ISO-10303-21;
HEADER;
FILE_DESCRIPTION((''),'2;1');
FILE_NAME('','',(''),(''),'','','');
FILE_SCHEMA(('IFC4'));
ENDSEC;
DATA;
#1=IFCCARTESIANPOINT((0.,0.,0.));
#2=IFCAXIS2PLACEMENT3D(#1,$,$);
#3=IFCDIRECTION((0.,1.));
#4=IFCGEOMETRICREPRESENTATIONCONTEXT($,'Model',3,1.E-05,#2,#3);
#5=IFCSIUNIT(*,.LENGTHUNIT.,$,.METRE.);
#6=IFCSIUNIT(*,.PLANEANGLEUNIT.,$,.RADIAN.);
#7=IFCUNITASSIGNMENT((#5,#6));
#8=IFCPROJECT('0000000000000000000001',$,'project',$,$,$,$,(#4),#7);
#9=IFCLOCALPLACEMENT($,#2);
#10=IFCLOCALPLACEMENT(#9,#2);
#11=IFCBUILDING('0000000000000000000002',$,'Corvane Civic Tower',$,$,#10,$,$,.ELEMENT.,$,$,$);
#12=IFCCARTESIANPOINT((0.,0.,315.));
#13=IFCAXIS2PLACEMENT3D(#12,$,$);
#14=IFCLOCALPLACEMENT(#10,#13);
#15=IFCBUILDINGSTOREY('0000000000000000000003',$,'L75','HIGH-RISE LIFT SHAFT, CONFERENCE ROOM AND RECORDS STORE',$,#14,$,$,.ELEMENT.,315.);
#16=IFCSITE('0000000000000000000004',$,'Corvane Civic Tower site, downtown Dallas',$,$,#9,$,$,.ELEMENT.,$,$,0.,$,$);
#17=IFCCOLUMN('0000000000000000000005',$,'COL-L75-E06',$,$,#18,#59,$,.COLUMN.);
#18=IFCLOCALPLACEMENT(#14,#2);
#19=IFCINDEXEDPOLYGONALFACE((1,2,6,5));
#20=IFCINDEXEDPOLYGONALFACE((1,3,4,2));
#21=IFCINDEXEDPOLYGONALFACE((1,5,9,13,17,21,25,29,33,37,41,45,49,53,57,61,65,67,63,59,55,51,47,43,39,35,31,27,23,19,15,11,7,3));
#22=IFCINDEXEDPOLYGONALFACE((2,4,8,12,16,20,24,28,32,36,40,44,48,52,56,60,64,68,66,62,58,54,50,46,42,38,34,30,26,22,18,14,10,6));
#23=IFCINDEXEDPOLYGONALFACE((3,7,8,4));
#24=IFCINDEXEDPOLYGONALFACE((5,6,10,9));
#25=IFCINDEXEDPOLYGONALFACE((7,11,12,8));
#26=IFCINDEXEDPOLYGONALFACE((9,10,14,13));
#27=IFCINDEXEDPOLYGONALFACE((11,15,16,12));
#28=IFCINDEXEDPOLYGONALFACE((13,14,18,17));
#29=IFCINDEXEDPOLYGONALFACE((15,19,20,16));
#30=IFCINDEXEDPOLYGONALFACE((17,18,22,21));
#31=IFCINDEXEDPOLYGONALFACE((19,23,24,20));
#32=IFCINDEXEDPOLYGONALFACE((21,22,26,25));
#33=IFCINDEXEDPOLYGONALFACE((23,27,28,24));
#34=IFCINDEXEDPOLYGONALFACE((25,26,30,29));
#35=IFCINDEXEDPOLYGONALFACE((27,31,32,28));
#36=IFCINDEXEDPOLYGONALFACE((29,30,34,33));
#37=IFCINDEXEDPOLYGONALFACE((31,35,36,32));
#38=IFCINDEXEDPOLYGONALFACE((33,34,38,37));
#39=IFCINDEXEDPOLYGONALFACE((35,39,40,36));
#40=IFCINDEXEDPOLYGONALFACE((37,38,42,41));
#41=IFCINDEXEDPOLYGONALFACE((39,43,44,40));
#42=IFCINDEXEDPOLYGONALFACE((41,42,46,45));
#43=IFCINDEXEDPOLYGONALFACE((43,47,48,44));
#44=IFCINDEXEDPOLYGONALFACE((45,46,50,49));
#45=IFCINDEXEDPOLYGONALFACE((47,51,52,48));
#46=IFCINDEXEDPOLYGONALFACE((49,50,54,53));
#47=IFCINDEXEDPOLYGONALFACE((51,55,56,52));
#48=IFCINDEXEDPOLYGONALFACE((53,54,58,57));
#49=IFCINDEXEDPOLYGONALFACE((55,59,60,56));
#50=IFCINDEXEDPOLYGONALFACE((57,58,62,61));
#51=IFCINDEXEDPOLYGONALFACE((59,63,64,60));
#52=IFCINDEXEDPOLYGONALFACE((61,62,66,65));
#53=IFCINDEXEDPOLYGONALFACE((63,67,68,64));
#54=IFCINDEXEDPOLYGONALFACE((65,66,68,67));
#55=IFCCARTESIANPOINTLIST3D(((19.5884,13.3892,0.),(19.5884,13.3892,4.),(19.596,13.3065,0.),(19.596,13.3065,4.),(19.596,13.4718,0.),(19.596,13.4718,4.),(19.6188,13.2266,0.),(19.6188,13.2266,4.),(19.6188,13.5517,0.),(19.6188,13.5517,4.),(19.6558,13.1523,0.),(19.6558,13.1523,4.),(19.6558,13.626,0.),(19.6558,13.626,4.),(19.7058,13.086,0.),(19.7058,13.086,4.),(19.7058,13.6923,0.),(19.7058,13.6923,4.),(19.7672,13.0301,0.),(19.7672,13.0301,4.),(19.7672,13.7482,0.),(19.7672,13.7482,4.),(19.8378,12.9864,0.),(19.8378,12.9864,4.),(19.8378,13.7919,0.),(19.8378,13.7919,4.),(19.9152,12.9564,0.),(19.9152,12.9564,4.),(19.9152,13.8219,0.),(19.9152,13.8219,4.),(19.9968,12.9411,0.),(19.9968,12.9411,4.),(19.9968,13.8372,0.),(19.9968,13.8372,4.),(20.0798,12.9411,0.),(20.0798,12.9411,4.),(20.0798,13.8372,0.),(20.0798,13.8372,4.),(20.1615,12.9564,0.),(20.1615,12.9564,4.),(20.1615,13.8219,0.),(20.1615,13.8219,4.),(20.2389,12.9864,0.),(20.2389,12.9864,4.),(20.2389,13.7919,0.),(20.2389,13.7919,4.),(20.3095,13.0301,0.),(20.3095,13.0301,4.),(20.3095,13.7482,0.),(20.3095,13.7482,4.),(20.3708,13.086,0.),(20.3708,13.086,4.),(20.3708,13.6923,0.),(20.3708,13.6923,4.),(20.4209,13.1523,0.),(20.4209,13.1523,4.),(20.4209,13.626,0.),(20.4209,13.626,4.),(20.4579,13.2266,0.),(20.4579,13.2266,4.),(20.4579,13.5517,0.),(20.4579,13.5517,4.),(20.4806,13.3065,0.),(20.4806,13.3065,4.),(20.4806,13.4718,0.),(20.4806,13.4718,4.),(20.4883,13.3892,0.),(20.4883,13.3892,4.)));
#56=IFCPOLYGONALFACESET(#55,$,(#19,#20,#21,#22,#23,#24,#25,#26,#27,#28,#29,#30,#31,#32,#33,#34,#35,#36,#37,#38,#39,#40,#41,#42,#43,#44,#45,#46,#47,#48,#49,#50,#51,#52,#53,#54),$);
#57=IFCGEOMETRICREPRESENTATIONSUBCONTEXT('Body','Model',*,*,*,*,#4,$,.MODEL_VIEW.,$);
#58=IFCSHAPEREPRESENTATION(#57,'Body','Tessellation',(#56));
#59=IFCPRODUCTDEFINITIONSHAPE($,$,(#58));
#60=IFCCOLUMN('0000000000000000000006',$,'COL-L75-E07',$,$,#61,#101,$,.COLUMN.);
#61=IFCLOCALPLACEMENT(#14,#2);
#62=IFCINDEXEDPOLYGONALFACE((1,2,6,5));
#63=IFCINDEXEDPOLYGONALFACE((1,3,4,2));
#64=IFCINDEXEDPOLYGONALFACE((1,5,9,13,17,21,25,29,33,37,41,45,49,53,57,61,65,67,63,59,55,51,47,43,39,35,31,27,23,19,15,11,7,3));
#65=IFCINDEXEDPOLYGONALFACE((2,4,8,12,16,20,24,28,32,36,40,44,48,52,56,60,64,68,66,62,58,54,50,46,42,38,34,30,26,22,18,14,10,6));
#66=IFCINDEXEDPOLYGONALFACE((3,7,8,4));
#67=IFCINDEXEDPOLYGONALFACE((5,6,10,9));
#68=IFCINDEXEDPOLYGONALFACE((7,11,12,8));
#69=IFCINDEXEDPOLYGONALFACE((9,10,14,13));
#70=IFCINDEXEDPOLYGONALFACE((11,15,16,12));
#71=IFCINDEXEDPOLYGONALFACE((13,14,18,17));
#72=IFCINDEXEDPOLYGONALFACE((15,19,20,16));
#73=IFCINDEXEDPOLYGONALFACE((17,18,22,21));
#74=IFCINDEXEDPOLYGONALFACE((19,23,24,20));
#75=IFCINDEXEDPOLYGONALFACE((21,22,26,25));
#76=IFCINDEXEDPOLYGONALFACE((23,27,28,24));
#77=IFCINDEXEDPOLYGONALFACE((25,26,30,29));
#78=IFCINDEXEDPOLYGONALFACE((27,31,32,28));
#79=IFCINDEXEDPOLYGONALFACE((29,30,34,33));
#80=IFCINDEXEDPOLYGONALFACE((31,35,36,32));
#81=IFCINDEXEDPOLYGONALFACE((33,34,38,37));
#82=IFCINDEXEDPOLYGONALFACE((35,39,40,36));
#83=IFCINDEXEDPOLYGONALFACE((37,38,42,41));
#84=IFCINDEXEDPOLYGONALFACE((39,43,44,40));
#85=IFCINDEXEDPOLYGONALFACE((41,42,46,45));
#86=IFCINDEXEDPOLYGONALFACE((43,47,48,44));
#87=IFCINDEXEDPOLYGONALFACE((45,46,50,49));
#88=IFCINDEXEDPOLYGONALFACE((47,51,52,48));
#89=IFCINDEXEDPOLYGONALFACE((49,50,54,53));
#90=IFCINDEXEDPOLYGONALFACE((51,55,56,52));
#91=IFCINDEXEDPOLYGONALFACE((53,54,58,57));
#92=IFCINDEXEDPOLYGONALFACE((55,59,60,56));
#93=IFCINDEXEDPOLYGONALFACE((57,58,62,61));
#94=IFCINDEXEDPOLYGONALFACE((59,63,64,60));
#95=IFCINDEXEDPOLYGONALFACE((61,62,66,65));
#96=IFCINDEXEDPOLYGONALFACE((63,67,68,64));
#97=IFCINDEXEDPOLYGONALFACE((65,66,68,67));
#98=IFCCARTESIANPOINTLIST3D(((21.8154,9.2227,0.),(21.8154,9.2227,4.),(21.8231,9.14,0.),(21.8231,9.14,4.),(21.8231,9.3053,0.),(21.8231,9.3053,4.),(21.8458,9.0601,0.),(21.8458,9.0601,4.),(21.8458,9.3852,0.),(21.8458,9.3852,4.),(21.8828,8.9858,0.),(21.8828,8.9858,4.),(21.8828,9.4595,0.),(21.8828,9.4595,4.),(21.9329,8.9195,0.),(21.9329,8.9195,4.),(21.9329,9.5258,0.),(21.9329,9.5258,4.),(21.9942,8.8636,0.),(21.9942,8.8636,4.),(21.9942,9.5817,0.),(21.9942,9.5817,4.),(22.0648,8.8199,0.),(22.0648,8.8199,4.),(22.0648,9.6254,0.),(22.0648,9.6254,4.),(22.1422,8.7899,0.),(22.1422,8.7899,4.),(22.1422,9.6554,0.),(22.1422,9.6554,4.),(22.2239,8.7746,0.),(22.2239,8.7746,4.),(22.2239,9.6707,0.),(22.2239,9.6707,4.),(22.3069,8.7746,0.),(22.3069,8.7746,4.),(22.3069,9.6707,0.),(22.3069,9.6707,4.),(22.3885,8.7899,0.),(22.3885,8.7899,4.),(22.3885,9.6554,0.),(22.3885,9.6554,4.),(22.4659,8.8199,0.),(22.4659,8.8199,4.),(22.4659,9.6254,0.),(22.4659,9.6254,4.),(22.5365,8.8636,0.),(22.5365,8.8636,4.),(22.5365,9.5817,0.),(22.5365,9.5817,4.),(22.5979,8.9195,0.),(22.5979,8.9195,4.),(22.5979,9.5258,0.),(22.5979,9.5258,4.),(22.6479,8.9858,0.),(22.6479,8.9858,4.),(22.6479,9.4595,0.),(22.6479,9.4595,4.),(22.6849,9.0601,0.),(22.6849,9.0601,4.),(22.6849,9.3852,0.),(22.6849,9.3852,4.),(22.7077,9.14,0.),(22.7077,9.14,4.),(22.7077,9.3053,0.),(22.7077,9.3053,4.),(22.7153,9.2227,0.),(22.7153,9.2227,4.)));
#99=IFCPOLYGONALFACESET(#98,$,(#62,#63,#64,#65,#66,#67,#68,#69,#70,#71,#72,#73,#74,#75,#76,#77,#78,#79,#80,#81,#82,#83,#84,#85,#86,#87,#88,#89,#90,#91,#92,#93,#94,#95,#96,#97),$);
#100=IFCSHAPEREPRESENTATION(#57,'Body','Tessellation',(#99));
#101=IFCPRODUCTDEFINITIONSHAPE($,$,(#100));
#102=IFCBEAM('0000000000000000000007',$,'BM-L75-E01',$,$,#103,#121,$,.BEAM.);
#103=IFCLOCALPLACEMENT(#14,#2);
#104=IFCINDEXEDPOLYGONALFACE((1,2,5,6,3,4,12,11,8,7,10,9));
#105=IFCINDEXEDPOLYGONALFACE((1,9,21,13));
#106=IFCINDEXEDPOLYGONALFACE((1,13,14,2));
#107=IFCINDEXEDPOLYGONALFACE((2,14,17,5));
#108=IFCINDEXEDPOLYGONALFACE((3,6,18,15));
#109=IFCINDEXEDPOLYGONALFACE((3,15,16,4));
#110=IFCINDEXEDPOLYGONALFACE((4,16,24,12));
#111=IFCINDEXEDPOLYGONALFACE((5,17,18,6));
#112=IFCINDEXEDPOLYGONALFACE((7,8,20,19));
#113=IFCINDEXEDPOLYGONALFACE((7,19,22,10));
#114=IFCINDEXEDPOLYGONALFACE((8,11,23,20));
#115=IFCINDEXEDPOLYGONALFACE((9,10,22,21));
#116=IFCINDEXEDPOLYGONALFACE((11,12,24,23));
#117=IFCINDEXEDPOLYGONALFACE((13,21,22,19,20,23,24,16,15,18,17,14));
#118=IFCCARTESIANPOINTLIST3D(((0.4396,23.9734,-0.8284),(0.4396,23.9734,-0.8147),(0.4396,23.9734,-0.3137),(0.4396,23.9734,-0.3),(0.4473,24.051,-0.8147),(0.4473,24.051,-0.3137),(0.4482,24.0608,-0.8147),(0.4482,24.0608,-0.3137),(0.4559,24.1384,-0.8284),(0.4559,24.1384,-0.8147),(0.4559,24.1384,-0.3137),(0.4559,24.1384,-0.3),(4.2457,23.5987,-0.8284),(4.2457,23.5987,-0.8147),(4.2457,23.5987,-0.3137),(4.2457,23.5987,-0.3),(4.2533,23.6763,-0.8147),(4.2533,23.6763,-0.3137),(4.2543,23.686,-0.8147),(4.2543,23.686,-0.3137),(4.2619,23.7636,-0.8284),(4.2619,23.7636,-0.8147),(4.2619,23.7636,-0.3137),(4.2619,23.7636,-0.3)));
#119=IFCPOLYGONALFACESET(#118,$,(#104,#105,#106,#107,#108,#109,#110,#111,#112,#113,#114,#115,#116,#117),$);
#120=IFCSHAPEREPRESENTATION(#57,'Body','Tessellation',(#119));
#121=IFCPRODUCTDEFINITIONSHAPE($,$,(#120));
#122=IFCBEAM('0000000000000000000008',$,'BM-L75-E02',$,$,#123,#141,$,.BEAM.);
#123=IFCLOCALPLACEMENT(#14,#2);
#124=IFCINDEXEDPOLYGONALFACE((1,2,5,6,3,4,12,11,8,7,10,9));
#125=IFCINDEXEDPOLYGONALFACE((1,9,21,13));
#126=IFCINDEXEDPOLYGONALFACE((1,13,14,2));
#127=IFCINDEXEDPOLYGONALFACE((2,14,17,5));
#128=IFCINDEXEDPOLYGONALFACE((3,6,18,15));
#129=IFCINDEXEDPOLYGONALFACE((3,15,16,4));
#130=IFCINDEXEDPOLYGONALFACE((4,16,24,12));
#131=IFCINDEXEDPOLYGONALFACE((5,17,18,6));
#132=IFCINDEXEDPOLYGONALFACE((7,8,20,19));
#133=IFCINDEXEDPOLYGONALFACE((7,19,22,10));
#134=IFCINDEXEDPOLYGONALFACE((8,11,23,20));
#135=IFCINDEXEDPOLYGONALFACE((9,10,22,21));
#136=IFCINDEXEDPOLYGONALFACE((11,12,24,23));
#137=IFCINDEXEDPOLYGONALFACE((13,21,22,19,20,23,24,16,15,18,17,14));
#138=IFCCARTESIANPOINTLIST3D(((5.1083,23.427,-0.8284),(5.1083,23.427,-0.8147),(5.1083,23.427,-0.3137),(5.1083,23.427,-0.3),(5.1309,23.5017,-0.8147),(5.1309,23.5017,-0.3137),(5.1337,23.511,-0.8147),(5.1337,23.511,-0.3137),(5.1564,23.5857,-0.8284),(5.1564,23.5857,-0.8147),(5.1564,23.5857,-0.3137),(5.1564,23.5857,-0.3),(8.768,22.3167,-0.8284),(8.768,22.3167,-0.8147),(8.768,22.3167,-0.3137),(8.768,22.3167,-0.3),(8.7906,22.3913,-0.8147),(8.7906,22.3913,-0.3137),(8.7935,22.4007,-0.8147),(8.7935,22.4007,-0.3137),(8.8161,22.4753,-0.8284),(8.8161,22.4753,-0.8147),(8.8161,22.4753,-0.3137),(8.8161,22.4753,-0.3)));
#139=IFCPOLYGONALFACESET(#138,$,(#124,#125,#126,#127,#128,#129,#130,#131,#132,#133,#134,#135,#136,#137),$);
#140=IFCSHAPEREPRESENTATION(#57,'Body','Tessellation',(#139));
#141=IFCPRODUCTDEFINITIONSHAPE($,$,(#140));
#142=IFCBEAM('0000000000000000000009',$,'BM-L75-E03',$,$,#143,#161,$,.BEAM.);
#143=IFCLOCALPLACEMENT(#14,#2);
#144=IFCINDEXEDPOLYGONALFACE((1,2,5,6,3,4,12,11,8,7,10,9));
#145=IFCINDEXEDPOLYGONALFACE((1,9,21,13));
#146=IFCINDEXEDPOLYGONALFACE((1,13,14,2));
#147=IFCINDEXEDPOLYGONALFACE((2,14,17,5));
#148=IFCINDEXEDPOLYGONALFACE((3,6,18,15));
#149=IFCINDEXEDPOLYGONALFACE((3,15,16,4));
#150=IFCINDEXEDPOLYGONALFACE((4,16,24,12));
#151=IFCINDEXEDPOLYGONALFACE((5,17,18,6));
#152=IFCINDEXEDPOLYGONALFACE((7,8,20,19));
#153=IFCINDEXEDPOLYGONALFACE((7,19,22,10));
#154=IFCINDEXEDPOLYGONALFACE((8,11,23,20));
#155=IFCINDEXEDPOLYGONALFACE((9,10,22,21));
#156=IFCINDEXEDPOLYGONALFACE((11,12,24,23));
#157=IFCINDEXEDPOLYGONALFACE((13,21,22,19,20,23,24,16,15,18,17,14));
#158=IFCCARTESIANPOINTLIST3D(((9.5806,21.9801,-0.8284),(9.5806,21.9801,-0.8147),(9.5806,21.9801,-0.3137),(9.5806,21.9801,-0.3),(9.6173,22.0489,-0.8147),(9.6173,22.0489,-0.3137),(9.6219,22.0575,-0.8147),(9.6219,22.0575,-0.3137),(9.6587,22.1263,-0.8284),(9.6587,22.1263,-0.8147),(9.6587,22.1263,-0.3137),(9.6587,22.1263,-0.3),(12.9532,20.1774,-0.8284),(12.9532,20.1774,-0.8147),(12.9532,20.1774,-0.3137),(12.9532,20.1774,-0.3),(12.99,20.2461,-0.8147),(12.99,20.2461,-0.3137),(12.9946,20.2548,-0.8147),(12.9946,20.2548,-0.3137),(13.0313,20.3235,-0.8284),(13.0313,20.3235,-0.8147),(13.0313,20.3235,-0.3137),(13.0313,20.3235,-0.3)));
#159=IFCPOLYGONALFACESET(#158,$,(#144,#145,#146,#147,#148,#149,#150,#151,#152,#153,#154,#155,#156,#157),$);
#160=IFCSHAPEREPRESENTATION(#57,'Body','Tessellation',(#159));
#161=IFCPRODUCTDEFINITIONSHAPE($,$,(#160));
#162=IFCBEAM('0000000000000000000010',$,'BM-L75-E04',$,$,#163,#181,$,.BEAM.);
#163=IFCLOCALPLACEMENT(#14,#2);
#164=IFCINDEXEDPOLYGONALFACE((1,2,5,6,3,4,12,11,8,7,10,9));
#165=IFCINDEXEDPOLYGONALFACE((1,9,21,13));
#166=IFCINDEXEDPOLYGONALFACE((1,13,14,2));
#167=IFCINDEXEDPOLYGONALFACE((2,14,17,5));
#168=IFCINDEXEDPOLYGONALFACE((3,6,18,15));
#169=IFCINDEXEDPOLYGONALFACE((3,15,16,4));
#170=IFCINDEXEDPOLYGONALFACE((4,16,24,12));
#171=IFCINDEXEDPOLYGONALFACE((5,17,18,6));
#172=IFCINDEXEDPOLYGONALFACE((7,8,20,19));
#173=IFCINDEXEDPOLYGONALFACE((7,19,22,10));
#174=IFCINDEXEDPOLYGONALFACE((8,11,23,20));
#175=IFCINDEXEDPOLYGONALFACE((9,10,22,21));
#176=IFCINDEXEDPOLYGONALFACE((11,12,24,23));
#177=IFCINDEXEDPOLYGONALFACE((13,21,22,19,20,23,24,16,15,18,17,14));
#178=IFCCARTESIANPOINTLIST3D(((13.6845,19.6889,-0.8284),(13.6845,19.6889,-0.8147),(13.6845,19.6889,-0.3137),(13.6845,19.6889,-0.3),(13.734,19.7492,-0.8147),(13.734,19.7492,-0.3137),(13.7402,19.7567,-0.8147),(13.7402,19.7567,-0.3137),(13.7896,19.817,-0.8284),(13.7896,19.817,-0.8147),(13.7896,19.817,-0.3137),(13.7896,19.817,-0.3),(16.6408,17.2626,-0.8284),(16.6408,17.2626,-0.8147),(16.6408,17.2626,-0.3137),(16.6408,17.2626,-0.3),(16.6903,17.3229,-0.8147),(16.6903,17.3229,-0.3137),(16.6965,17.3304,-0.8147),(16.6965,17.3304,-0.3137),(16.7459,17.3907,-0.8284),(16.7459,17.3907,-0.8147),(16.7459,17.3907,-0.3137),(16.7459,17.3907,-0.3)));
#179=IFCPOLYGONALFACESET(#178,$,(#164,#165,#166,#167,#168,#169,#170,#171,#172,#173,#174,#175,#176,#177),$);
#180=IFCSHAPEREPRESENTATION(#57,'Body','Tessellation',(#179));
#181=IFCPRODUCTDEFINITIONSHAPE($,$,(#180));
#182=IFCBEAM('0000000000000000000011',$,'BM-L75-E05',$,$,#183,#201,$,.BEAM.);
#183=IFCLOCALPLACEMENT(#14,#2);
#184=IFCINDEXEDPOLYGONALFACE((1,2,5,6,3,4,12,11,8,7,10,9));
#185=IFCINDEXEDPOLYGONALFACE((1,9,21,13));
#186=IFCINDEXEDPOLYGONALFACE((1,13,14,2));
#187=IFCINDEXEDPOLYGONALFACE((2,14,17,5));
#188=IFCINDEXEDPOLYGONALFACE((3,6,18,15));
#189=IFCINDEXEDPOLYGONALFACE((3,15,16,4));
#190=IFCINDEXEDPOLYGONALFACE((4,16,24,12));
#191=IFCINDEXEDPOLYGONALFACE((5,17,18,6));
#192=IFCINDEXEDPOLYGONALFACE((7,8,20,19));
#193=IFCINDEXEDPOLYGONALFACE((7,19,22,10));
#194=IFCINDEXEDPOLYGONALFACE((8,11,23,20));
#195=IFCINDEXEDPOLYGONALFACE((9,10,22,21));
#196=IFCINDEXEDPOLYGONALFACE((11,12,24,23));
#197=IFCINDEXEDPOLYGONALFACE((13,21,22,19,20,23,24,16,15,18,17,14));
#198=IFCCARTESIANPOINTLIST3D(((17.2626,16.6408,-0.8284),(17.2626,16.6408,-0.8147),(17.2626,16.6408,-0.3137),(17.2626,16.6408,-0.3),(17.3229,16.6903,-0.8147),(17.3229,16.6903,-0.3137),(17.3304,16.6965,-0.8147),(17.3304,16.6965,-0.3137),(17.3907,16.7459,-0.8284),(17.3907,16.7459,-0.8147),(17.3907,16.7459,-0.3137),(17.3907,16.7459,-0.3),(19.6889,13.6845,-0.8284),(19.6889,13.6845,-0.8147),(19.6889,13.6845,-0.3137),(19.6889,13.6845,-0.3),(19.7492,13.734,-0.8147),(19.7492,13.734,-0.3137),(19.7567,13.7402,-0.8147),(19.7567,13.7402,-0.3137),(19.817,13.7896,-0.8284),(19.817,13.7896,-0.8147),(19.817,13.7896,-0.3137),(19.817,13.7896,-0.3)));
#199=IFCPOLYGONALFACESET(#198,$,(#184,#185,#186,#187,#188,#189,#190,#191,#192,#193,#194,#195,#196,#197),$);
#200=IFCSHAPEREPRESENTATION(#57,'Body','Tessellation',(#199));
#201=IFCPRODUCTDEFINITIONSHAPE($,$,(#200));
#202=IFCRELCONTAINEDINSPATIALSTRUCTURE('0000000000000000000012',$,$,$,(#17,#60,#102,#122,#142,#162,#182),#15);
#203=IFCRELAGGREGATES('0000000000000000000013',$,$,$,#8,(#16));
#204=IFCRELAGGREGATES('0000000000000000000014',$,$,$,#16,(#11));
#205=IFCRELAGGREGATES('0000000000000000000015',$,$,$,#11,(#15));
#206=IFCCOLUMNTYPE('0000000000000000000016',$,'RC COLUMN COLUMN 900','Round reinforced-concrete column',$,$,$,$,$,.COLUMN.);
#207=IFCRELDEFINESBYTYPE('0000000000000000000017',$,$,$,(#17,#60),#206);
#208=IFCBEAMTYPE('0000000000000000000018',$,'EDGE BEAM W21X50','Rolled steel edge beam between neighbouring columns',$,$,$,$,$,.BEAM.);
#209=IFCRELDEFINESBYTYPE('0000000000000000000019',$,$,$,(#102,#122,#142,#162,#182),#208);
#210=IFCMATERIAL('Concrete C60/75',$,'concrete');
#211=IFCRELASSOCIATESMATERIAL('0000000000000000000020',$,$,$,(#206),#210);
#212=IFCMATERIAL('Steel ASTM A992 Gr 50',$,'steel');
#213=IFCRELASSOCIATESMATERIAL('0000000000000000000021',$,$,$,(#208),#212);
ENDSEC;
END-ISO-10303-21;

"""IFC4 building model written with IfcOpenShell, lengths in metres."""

from ifc_helpers import new_model, si_unit, direction, frame, origin, origin_2d, place, context, subcontext, project, spatial, circle, i_section, extrude, material, material_profile, profile_set, type_object, element, save


model = new_model("IFC4")

# Units and contexts
model_context = context("Model", 3, precision=1e-05, world=origin(), true_north=direction((0.0, 1.0)))
body_context = subcontext(model_context, "Body", "Model", "MODEL_VIEW")
ifc_project = project(units=[si_unit("LENGTHUNIT", "METRE"), si_unit("PLANEANGLEUNIT", "RADIAN")], contexts=[model_context])

# Site, building, storey
site_placement = place(None, origin())
site = spatial("IfcSite", under=ifc_project, at=site_placement, Name="Corvane Civic Tower site, downtown Dallas", CompositionType="ELEMENT", RefElevation=0.0)
building_placement = place(site_placement, origin())
building = spatial("IfcBuilding", under=site, at=building_placement, Name="Corvane Civic Tower", CompositionType="ELEMENT")
storey_placement = place(building_placement, frame((0.0, 0.0, 315.0)))
storey = spatial("IfcBuildingStorey", under=building, at=storey_placement, Name="L75", Description="HIGH-RISE LIFT SHAFT, CONFERENCE ROOM AND RECORDS STORE", CompositionType="ELEMENT", Elevation=315.0)

# Columns
ifc_material_1 = material(Name="Concrete C60/75", Category="concrete")
ifc_material_profile_1 = material_profile(ifc_material_1, circle(Radius=0.45, at=origin_2d()), Name="COLUMN 900")
ifc_profile_set_1 = profile_set([ifc_material_profile_1], Name="Concrete C60/75")
column_type = type_object("IfcColumnType", Name="RC COLUMN COLUMN 900", Description="Round reinforced-concrete column", PredefinedType="COLUMN", material=ifc_profile_set_1)
for number, where, z_axis, x_axis, name in (
    (1, (20.0383, 13.3892, 0.0), (0.0, 0.0, 1.0), (1.0, 0.0, 0.0), "COL-L75-E06"),
    (2, (22.2654, 9.2227, 0.0), (0.0, 0.0, 1.0), (1.0, 0.0, 0.0), "COL-L75-E07"),
):
    element("IfcColumn", number, at=place(storey_placement, frame(where, z_axis=z_axis, x_axis=x_axis)), inside=storey, type_object=column_type, Name=name, PredefinedType="COLUMN", context=body_context, shape_type="SweptSolid", body=[
        extrude(circle(Radius=0.45, at=origin_2d()), origin(), (0.0, 0.0, 1.0), 4.0),
    ])

# Beams
ifc_material_2 = material(Name="Steel ASTM A992 Gr 50", Category="steel")
ifc_material_profile_2 = material_profile(ifc_material_2, i_section(OverallWidth=0.1658, OverallDepth=0.5283, WebThickness=0.0098, FlangeThickness=0.0137, at=origin_2d()), Name="W21X50")
ifc_profile_set_2 = profile_set([ifc_material_profile_2], Name="Steel ASTM A992 Gr 50")
beam_type_1 = type_object("IfcBeamType", Name="EDGE BEAM W21X50", Description="Rolled steel edge beam between neighbouring columns", PredefinedType="BEAM", material=ifc_profile_set_2)
for number, where, z_axis, x_axis, name in (
    (3, (0.4478, 24.0559, -0.5642), (0.995188, -0.097987, 0.0), (0.097987, 0.995188, 0.0), "BM-L75-E01"),
    (4, (5.1323, 23.5063, -0.5642), (0.956926, -0.290333, 0.0), (0.290333, 0.956926, 0.0), "BM-L75-E02"),
):
    element("IfcBeam", number, at=place(storey_placement, frame(where, z_axis=z_axis, x_axis=x_axis)), inside=storey, type_object=beam_type_1, Name=name, PredefinedType="BEAM", context=body_context, shape_type="SweptSolid", body=[
        extrude(i_section(OverallWidth=0.1658, OverallDepth=0.5283, WebThickness=0.0098, FlangeThickness=0.0137, at=origin_2d()), origin(), (0.0, 0.0, 1.0), 3.8245),
    ])
beam_1_placement = place(storey_placement, frame((9.6196, 22.0532, -0.5642), z_axis=(0.881914, -0.47141, 0.0), x_axis=(0.47141, 0.881914, 0.0)))
element("IfcBeam", 5, at=beam_1_placement, inside=storey, type_object=beam_type_1, Name="BM-L75-E03", PredefinedType="BEAM", context=body_context, shape_type="SweptSolid", body=[
    extrude(i_section(OverallWidth=0.1658, OverallDepth=0.5283, WebThickness=0.0098, FlangeThickness=0.0137, at=origin_2d()), origin(), (0.0, 0.0, 1.0), 3.8242),
])
for number, where, z_axis, x_axis, name in (
    (6, (13.7371, 19.7529, -0.5642), (0.772998, -0.634409, 0.0), (0.634409, 0.772998, 0.0), "BM-L75-E04"),
    (7, (17.3267, 16.6934, -0.5642), (0.634409, -0.772998, 0.0), (0.772998, 0.634409, 0.0), "BM-L75-E05"),
):
    element("IfcBeam", number, at=place(storey_placement, frame(where, z_axis=z_axis, x_axis=x_axis)), inside=storey, type_object=beam_type_1, Name=name, PredefinedType="BEAM", context=body_context, shape_type="SweptSolid", body=[
        extrude(i_section(OverallWidth=0.1658, OverallDepth=0.5283, WebThickness=0.0098, FlangeThickness=0.0137, at=origin_2d()), origin(), (0.0, 0.0, 1.0), 3.8245),
    ])

save(model, "model.ifc")
